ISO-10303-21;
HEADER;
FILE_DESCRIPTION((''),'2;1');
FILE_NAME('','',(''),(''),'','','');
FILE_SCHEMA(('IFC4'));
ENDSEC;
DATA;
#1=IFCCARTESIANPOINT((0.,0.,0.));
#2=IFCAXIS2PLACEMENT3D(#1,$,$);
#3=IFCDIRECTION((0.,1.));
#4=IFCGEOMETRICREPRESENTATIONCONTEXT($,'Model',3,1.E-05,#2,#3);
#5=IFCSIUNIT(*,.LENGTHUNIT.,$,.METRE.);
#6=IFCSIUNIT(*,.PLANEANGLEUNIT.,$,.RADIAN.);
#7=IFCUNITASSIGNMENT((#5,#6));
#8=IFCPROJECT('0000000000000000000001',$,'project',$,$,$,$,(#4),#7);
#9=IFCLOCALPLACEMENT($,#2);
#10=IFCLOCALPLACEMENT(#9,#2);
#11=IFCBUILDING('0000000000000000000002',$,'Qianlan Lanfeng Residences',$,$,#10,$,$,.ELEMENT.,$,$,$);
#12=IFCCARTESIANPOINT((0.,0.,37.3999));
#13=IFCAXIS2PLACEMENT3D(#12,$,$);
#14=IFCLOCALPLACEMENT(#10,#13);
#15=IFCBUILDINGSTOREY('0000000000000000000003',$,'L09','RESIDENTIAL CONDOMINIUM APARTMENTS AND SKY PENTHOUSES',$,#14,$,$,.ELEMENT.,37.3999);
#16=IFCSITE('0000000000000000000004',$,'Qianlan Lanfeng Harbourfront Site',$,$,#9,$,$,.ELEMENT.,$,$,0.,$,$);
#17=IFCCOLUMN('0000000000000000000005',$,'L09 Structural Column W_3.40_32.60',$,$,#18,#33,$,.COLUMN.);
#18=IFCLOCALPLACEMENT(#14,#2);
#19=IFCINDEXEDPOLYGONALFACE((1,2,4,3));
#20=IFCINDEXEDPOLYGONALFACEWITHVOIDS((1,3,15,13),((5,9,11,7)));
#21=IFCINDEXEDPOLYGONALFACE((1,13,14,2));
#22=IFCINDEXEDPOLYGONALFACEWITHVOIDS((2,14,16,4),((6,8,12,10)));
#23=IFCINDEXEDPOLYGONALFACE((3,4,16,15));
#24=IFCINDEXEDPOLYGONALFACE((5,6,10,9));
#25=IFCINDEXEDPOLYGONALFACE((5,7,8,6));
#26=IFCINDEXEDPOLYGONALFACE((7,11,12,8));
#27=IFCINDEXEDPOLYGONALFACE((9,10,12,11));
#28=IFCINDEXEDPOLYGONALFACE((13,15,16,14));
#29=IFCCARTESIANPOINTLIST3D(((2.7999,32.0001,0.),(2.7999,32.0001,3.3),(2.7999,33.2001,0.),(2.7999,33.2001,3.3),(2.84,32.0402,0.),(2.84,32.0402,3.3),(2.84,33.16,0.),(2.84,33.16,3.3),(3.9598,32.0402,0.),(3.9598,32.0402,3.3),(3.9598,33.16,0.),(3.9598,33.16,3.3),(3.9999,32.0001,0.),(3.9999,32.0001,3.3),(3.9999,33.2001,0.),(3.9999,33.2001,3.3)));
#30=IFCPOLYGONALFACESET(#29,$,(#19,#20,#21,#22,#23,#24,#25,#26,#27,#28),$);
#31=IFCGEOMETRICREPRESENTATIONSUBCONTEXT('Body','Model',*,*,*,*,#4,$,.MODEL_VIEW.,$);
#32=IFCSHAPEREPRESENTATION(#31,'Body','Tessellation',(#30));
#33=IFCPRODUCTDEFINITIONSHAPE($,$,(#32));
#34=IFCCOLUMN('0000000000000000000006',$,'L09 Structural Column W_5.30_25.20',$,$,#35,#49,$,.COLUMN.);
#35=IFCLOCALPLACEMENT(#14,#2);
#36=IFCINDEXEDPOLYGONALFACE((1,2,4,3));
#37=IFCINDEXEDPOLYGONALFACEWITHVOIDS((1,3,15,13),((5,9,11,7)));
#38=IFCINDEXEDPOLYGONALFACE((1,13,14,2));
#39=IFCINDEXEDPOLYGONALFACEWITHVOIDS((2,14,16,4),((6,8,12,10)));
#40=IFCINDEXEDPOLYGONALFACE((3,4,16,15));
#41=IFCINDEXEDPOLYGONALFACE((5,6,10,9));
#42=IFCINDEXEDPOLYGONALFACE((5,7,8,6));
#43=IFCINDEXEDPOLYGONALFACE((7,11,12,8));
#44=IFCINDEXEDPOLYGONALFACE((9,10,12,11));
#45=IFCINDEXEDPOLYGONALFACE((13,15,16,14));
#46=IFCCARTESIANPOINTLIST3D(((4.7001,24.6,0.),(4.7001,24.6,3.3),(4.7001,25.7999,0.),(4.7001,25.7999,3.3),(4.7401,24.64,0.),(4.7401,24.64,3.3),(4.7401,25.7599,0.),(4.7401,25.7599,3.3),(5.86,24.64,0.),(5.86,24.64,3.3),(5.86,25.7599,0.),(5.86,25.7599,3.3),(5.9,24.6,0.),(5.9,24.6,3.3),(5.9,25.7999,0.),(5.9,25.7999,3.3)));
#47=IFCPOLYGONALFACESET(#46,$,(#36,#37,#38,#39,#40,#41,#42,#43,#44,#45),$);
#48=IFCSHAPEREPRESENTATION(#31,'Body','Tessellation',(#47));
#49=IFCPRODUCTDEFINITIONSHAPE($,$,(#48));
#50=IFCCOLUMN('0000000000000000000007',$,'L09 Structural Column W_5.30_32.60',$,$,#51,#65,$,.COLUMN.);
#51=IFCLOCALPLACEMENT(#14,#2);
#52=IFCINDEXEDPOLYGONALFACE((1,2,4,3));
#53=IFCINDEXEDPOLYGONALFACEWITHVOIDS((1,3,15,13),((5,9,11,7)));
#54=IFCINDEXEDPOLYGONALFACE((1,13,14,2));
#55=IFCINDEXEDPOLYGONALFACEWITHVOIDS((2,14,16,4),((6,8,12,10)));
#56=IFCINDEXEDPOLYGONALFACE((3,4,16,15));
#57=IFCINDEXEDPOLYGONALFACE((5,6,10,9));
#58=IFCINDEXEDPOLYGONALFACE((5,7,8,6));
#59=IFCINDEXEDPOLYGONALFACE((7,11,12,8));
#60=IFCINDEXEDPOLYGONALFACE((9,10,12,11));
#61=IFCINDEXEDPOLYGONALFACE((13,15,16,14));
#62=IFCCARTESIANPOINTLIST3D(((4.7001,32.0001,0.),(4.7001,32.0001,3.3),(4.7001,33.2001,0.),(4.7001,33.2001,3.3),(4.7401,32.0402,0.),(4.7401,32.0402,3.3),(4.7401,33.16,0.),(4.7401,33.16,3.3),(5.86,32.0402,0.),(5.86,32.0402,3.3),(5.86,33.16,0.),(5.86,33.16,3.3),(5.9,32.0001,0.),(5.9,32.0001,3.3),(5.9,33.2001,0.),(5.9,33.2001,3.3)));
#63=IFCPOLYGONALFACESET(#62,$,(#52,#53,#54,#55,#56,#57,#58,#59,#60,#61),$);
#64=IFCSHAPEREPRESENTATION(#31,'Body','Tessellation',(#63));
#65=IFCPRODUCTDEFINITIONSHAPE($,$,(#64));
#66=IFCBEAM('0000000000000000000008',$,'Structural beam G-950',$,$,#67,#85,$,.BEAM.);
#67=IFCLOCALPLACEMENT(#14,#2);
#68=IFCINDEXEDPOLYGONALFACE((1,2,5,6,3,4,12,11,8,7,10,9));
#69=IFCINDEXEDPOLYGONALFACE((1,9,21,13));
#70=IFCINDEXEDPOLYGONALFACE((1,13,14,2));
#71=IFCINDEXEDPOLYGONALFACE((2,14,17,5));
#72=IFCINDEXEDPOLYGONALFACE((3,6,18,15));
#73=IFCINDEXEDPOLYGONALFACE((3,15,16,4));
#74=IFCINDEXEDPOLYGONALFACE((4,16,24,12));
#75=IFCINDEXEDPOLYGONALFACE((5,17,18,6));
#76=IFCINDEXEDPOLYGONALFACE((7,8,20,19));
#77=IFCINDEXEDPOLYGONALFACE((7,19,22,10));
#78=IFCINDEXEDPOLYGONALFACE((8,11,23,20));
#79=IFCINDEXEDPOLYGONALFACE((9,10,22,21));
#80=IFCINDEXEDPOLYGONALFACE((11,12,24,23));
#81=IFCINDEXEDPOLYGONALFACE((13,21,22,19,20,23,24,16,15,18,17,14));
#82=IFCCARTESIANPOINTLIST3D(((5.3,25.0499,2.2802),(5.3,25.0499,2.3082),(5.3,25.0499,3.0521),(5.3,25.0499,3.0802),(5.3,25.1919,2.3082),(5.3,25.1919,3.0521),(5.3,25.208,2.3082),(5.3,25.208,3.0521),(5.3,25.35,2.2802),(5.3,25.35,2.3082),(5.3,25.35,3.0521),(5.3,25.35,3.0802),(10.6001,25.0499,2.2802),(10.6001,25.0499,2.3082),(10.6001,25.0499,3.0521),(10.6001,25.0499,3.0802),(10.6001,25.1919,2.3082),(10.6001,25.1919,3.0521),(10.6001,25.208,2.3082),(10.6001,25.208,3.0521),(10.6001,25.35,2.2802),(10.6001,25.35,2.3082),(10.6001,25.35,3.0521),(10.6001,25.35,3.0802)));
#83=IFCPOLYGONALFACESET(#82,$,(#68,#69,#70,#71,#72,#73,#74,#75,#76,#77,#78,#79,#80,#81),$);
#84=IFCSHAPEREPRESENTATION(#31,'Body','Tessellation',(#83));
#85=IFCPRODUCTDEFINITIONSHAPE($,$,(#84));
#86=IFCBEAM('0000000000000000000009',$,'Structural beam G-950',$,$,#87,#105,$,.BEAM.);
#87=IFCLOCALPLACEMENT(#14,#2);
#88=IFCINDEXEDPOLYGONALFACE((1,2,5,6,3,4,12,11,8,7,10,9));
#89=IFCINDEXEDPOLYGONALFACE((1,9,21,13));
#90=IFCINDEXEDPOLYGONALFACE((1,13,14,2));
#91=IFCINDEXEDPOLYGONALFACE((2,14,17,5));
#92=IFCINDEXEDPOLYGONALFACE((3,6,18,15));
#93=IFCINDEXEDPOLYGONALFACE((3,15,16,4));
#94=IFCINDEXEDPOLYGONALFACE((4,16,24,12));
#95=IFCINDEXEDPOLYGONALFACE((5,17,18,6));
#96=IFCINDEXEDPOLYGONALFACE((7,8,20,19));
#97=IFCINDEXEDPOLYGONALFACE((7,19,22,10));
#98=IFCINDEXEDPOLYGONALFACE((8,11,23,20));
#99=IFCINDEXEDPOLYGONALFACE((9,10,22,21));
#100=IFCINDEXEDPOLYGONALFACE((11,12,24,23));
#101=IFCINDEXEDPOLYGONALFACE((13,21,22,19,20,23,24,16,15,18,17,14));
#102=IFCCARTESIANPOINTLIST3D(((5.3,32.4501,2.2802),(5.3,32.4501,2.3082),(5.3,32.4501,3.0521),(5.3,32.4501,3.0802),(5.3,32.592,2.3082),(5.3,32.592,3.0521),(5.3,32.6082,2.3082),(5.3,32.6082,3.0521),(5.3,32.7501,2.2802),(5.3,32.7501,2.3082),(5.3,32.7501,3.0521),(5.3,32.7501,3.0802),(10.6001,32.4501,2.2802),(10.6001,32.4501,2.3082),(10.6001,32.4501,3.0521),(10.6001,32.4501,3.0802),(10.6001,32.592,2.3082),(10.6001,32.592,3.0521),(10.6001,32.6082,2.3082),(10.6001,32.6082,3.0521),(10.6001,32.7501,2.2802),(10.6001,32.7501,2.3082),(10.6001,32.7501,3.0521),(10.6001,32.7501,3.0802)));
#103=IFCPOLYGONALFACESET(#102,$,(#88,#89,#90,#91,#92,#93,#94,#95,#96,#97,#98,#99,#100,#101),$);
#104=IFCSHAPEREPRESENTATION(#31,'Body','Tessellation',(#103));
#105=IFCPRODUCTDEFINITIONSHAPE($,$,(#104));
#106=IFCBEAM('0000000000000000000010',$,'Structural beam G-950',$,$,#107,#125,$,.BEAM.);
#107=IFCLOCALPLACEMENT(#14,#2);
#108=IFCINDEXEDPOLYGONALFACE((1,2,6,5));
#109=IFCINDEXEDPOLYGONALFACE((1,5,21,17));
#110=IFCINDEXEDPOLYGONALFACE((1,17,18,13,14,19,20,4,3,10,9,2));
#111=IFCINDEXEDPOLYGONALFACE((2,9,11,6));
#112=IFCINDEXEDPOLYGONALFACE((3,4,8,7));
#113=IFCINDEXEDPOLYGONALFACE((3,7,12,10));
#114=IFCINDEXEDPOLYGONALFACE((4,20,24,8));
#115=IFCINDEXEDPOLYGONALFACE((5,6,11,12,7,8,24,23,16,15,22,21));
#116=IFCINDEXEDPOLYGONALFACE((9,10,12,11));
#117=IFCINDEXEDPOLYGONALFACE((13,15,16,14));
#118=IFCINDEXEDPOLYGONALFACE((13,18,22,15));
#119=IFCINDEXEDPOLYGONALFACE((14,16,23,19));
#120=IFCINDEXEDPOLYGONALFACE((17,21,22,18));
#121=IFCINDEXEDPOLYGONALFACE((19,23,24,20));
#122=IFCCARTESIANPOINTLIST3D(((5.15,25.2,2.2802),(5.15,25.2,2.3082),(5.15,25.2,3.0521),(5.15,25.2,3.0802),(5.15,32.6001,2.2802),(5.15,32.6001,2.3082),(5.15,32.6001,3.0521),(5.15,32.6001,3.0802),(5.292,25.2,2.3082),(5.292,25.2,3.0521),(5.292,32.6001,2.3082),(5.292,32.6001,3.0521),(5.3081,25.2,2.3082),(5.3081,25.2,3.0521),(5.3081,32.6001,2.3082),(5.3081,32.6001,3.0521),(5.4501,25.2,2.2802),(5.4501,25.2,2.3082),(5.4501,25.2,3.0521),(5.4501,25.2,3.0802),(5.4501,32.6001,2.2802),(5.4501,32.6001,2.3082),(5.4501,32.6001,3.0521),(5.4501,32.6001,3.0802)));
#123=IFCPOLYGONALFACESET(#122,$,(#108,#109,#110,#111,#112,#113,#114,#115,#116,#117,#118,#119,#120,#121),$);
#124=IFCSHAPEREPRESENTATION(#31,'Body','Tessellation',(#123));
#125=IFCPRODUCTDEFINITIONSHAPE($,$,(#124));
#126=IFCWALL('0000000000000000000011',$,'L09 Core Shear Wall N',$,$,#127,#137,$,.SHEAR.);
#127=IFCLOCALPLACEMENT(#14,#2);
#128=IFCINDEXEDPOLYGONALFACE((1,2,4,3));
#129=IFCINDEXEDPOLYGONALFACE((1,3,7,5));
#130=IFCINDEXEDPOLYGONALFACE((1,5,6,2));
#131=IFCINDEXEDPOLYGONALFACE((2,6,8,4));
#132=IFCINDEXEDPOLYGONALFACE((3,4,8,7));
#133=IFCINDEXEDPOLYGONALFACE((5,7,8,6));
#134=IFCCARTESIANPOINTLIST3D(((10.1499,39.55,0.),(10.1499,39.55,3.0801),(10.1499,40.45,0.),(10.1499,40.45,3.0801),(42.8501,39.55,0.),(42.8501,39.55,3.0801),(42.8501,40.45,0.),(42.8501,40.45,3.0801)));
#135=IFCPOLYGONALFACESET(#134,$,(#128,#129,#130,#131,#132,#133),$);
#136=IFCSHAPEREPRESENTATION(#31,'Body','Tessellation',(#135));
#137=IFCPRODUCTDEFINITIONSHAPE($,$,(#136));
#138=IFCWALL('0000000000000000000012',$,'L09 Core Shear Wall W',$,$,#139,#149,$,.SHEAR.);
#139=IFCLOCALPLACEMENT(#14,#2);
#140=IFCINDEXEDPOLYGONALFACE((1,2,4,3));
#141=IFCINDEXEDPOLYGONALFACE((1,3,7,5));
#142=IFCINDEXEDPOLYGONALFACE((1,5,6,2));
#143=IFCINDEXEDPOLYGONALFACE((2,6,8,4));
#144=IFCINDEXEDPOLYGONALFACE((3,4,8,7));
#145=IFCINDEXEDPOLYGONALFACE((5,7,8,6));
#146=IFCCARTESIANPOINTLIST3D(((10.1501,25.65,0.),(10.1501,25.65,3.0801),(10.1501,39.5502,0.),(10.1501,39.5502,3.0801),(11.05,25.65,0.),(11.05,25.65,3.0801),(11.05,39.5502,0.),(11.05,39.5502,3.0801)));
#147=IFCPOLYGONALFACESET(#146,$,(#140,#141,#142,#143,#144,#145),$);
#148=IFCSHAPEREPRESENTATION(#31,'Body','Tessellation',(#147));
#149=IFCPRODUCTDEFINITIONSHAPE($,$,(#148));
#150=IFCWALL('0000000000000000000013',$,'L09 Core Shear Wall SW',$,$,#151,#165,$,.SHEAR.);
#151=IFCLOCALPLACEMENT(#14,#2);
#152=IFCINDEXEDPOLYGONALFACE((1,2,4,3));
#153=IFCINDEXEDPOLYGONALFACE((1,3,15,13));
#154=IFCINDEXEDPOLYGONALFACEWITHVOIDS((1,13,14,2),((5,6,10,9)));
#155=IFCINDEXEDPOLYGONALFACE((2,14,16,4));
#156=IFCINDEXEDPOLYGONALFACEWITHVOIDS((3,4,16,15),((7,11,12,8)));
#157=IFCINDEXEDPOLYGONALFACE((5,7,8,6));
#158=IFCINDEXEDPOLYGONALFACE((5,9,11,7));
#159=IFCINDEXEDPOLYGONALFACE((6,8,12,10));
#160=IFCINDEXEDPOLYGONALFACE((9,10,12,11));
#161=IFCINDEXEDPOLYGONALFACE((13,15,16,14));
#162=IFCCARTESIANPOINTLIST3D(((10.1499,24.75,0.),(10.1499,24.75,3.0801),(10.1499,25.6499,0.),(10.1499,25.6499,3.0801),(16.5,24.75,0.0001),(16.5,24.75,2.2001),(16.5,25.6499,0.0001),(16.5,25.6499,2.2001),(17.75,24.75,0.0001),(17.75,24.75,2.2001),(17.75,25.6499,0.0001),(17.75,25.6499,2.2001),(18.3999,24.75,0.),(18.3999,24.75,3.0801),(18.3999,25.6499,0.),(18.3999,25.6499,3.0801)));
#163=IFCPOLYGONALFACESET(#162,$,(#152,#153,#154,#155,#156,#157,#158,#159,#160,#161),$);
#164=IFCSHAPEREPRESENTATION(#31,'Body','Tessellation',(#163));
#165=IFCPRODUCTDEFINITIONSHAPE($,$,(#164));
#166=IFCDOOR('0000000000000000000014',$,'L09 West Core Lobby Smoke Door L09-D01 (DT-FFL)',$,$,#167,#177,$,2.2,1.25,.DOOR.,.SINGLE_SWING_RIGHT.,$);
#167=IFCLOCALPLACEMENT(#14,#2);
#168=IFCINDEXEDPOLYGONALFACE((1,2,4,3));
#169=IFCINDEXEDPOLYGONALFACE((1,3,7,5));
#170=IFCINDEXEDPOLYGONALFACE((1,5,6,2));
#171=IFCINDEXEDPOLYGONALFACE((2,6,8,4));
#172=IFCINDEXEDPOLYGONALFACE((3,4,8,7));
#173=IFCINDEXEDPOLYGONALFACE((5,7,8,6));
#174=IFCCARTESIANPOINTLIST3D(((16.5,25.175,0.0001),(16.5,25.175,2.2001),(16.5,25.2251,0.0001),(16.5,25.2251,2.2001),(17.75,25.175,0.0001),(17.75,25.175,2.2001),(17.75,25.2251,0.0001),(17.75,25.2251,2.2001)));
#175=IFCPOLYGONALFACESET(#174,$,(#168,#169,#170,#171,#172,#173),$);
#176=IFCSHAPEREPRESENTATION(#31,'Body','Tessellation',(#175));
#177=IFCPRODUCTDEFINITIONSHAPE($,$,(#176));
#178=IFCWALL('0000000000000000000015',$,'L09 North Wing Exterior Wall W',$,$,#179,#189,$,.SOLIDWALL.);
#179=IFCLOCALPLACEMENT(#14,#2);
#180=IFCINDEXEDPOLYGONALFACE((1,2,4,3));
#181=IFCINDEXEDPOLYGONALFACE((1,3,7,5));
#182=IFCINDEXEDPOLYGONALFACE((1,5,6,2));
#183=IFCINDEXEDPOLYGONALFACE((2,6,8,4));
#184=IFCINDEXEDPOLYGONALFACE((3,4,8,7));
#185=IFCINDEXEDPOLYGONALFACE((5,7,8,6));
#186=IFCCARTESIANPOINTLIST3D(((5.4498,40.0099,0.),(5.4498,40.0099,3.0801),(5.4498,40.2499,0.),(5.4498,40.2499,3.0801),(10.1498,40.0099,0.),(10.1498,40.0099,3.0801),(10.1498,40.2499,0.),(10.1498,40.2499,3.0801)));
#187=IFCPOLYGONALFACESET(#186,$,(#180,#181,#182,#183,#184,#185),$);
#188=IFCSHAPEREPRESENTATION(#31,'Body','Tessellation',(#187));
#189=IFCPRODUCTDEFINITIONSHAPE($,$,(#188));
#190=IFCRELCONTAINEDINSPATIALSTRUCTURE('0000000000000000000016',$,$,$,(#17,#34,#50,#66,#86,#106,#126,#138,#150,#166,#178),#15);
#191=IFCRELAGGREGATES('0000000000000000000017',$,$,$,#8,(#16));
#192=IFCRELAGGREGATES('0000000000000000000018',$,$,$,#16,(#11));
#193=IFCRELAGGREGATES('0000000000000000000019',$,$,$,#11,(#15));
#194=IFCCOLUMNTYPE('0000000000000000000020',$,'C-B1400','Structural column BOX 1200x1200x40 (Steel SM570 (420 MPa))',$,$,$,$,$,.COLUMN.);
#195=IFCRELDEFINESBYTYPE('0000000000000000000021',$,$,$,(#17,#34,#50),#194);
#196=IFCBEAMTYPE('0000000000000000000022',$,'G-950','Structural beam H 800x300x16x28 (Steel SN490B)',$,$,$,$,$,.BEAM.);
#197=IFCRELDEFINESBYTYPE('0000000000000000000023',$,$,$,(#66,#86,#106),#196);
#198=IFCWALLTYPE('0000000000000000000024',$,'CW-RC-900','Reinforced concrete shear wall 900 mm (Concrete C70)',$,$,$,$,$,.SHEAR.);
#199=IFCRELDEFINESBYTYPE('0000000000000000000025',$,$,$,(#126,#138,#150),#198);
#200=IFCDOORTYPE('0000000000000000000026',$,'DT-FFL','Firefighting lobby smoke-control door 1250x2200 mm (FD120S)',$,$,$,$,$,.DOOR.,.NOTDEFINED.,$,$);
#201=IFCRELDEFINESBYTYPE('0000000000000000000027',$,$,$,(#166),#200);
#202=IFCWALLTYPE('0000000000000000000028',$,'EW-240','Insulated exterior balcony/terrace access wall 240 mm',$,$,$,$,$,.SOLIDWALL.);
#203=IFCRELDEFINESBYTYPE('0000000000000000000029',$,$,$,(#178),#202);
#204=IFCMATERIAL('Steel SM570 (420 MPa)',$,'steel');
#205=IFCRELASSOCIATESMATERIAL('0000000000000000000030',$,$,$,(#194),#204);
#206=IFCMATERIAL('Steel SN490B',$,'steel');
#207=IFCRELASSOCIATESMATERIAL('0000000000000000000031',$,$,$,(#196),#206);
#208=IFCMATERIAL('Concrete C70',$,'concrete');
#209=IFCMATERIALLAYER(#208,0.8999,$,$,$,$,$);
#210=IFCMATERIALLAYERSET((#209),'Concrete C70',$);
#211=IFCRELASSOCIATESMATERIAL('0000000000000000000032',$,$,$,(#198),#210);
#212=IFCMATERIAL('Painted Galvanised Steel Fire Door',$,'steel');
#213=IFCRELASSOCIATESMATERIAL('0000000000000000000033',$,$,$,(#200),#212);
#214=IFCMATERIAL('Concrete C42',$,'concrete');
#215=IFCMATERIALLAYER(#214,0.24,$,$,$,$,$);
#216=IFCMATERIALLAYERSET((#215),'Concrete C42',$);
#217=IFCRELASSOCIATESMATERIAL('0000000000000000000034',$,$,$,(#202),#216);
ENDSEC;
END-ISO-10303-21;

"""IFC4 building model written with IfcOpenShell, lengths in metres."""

from ifc_helpers import new_model, si_unit, direction, frame, frame_2d, origin, origin_2d, place, context, subcontext, project, spatial, rectangle, hollow_rectangle, i_section, extrude, material, layer, layer_set, material_profile, profile_set, type_object, element, fill, save


model = new_model("IFC4")

# Units and contexts
model_context = context("Model", 3, precision=1e-05, world=origin(), true_north=direction((0.0, 1.0)))
body_context = subcontext(model_context, "Body", "Model", "MODEL_VIEW")
ifc_project = project(units=[si_unit("LENGTHUNIT", "METRE"), si_unit("PLANEANGLEUNIT", "RADIAN")], contexts=[model_context])

# Site, building, storey
site_placement = place(None, origin())
site = spatial("IfcSite", under=ifc_project, at=site_placement, Name="Qianlan Lanfeng Harbourfront Site", CompositionType="ELEMENT", RefElevation=0.0)
building_placement = place(site_placement, origin())
building = spatial("IfcBuilding", under=site, at=building_placement, Name="Qianlan Lanfeng Residences", CompositionType="ELEMENT")
storey_placement = place(building_placement, frame((0.0, 0.0, 37.3999)))
storey = spatial("IfcBuildingStorey", under=building, at=storey_placement, Name="L09", Description="RESIDENTIAL CONDOMINIUM APARTMENTS AND SKY PENTHOUSES", CompositionType="ELEMENT", Elevation=37.3999)

# Columns
ifc_material_1 = material(Name="Steel SM570 (420 MPa)", Category="steel")
ifc_material_profile_1 = material_profile(ifc_material_1, hollow_rectangle(XDim=1.2, YDim=1.2, WallThickness=0.04, at=origin_2d()), Name="BOX 1200x1200x40")
ifc_profile_set_1 = profile_set([ifc_material_profile_1], Name="Steel SM570 (420 MPa)")
column_type = type_object("IfcColumnType", Name="C-B1400", Description="Structural column BOX 1200x1200x40 (Steel SM570 (420 MPa))", PredefinedType="COLUMN", material=ifc_profile_set_1)
for number, where, z_axis, x_axis, name in (
    (1, (3.3999, 32.6001, 0.0), (0.0, 0.0, 1.0), (1.0, 0.0, 0.0), "L09 Structural Column W_3.40_32.60"),
    (2, (5.3, 25.2, 0.0), (0.0, 0.0, 1.0), (1.0, 0.0, 0.0), "L09 Structural Column W_5.30_25.20"),
    (3, (5.3, 32.6001, 0.0), (0.0, 0.0, 1.0), (1.0, 0.0, 0.0), "L09 Structural Column W_5.30_32.60"),
):
    element("IfcColumn", number, at=place(storey_placement, frame(where, z_axis=z_axis, x_axis=x_axis)), inside=storey, type_object=column_type, Name=name, PredefinedType="COLUMN", context=body_context, shape_type="SweptSolid", body=[
        extrude(hollow_rectangle(XDim=1.2, YDim=1.2, WallThickness=0.04, at=origin_2d()), origin(), (0.0, 0.0, 1.0), 3.3),
    ])

# Beams
ifc_material_2 = material(Name="Steel SN490B", Category="steel")
ifc_material_profile_2 = material_profile(ifc_material_2, i_section(OverallWidth=0.3, OverallDepth=0.8, WebThickness=0.0161, FlangeThickness=0.0281, at=origin_2d()), Name="H 800x300x16x28")
ifc_profile_set_2 = profile_set([ifc_material_profile_2], Name="Steel SN490B")
beam_type = type_object("IfcBeamType", Name="G-950", Description="Structural beam H 800x300x16x28 (Steel SN490B)", PredefinedType="BEAM", material=ifc_profile_set_2)
for number, where, z_axis, x_axis, name in (
    (4, (5.3, 25.2, 2.6802), (1.0, 0.0, 0.0), (0.0, 1.0, 0.0), "Structural beam G-950"),
    (5, (5.3, 32.6001, 2.6802), (1.0, 0.0, 0.0), (0.0, 1.0, 0.0), "Structural beam G-950"),
):
    element("IfcBeam", number, at=place(storey_placement, frame(where, z_axis=z_axis, x_axis=x_axis)), inside=storey, type_object=beam_type, Name=name, PredefinedType="BEAM", context=body_context, shape_type="SweptSolid", body=[
        extrude(i_section(OverallWidth=0.3, OverallDepth=0.8, WebThickness=0.0161, FlangeThickness=0.0281, at=origin_2d()), origin(), (0.0, 0.0, 1.0), 5.3),
    ])
beam_placement = place(storey_placement, frame((5.3, 25.2, 2.6802), z_axis=(0.0, 1.0, 0.0), x_axis=(-1.0, 0.0, 0.0)))
element("IfcBeam", 6, at=beam_placement, inside=storey, type_object=beam_type, Name="Structural beam G-950", PredefinedType="BEAM", context=body_context, shape_type="SweptSolid", body=[
    extrude(i_section(OverallWidth=0.3, OverallDepth=0.8, WebThickness=0.0161, FlangeThickness=0.0281, at=origin_2d()), origin(), (0.0, 0.0, 1.0), 7.4001),
])

# Walls
ifc_material_3 = material(Name="Concrete C70", Category="concrete")
ifc_layer_1 = layer(ifc_material_3, 0.8999)
ifc_layer_set_1 = layer_set([ifc_layer_1], Name="Concrete C70")
wall_type_1 = type_object("IfcWallType", Name="CW-RC-900", Description="Reinforced concrete shear wall 900 mm (Concrete C70)", PredefinedType="SHEAR", material=ifc_layer_set_1)
wall_1_placement = place(storey_placement, frame((10.1499, 40.0, 0.0), z_axis=(0.0, 0.0, 1.0), x_axis=(1.0, 0.0, 0.0)))
element("IfcWall", 7, at=wall_1_placement, inside=storey, type_object=wall_type_1, Name="L09 Core Shear Wall N", PredefinedType="SHEAR", context=body_context, shape_type="SweptSolid", body=[
    extrude(rectangle(XDim=32.7002, YDim=0.8999, at=frame_2d((16.3501, 0.0))), origin(), (0.0, 0.0, 1.0), 3.0801),
])
wall_2_placement = place(storey_placement, frame((10.6001, 25.6499, 0.0), z_axis=(0.0, 0.0, 1.0), x_axis=(0.0, 1.0, 0.0)))
element("IfcWall", 8, at=wall_2_placement, inside=storey, type_object=wall_type_1, Name="L09 Core Shear Wall W", PredefinedType="SHEAR", context=body_context, shape_type="SweptSolid", body=[
    extrude(rectangle(XDim=13.9001, YDim=0.8999, at=frame_2d((6.9502, 0.0))), origin(), (0.0, 0.0, 1.0), 3.0801),
])

# Wall, opening, door
wall_3_placement = place(storey_placement, frame((10.1499, 25.2, 0.0), z_axis=(0.0, 0.0, 1.0), x_axis=(1.0, 0.0, 0.0)))
wall_3 = element("IfcWall", 9, at=wall_3_placement, inside=storey, type_object=wall_type_1, Name="L09 Core Shear Wall SW", PredefinedType="SHEAR", context=body_context, shape_type="SweptSolid", body=[
    extrude(rectangle(XDim=8.25, YDim=0.8999, at=frame_2d((4.125, 0.0))), origin(), (0.0, 0.0, 1.0), 3.0801),
])
opening_1_placement = place(wall_3_placement, frame((6.3501, 0.0, 0.0)))
opening_1 = element("IfcOpeningElement", 10, at=opening_1_placement, cuts=wall_3, PredefinedType="OPENING", context=body_context, shape_type="SweptSolid", body=[
    extrude(rectangle(XDim=1.25, YDim=2.2, at=frame_2d((0.625, 1.1001))), frame((0.0, 0.46, 0.0), z_axis=(0.0, -1.0, 0.0), x_axis=(1.0, 0.0, 0.0)), (0.0, 0.0, 1.0), 0.9199),
])
ifc_material_4 = material(Name="Painted Galvanised Steel Fire Door", Category="steel")
door_type_1 = type_object("IfcDoorType", Name="DT-FFL", Description="Firefighting lobby smoke-control door 1250x2200 mm (FD120S)", OperationType="NOTDEFINED", PredefinedType="DOOR", material=ifc_material_4)
door_1_placement = place(opening_1_placement, frame((1.25, 0.0, 0.0), z_axis=(0.0, 0.0, 1.0), x_axis=(-1.0, 0.0, 0.0)))
door_1 = element("IfcDoor", 11, at=door_1_placement, inside=storey, type_object=door_type_1, Name="L09 West Core Lobby Smoke Door L09-D01 (DT-FFL)", OperationType="SINGLE_SWING_RIGHT", OverallHeight=2.2, OverallWidth=1.25, PredefinedType="DOOR", context=body_context, shape_type="SweptSolid", body=[
    extrude(rectangle(XDim=1.25, YDim=2.2, at=frame_2d((0.625, 1.1001))), frame((0.0, 0.0249, 0.0), z_axis=(0.0, -1.0, 0.0), x_axis=(1.0, 0.0, 0.0)), (0.0, 0.0, 1.0), 0.05),
])
fill(opening_1, door_1)

# Wall
ifc_material_5 = material(Name="Concrete C42", Category="concrete")
ifc_layer_2 = layer(ifc_material_5, 0.24)
ifc_layer_set_2 = layer_set([ifc_layer_2], Name="Concrete C42")
wall_type_2 = type_object("IfcWallType", Name="EW-240", Description="Insulated exterior balcony/terrace access wall 240 mm", PredefinedType="SOLIDWALL", material=ifc_layer_set_2)
wall_4_placement = place(storey_placement, frame((10.1499, 40.1299, 0.0), z_axis=(0.0, 0.0, 1.0), x_axis=(-1.0, 0.0, 0.0)))
element("IfcWall", 12, at=wall_4_placement, inside=storey, type_object=wall_type_2, Name="L09 North Wing Exterior Wall W", PredefinedType="SOLIDWALL", context=body_context, shape_type="SweptSolid", body=[
    extrude(rectangle(XDim=4.7, YDim=0.24, at=frame_2d((2.3501, 0.0))), origin(), (0.0, 0.0, 1.0), 3.0801),
])

save(model, "model.ifc")
